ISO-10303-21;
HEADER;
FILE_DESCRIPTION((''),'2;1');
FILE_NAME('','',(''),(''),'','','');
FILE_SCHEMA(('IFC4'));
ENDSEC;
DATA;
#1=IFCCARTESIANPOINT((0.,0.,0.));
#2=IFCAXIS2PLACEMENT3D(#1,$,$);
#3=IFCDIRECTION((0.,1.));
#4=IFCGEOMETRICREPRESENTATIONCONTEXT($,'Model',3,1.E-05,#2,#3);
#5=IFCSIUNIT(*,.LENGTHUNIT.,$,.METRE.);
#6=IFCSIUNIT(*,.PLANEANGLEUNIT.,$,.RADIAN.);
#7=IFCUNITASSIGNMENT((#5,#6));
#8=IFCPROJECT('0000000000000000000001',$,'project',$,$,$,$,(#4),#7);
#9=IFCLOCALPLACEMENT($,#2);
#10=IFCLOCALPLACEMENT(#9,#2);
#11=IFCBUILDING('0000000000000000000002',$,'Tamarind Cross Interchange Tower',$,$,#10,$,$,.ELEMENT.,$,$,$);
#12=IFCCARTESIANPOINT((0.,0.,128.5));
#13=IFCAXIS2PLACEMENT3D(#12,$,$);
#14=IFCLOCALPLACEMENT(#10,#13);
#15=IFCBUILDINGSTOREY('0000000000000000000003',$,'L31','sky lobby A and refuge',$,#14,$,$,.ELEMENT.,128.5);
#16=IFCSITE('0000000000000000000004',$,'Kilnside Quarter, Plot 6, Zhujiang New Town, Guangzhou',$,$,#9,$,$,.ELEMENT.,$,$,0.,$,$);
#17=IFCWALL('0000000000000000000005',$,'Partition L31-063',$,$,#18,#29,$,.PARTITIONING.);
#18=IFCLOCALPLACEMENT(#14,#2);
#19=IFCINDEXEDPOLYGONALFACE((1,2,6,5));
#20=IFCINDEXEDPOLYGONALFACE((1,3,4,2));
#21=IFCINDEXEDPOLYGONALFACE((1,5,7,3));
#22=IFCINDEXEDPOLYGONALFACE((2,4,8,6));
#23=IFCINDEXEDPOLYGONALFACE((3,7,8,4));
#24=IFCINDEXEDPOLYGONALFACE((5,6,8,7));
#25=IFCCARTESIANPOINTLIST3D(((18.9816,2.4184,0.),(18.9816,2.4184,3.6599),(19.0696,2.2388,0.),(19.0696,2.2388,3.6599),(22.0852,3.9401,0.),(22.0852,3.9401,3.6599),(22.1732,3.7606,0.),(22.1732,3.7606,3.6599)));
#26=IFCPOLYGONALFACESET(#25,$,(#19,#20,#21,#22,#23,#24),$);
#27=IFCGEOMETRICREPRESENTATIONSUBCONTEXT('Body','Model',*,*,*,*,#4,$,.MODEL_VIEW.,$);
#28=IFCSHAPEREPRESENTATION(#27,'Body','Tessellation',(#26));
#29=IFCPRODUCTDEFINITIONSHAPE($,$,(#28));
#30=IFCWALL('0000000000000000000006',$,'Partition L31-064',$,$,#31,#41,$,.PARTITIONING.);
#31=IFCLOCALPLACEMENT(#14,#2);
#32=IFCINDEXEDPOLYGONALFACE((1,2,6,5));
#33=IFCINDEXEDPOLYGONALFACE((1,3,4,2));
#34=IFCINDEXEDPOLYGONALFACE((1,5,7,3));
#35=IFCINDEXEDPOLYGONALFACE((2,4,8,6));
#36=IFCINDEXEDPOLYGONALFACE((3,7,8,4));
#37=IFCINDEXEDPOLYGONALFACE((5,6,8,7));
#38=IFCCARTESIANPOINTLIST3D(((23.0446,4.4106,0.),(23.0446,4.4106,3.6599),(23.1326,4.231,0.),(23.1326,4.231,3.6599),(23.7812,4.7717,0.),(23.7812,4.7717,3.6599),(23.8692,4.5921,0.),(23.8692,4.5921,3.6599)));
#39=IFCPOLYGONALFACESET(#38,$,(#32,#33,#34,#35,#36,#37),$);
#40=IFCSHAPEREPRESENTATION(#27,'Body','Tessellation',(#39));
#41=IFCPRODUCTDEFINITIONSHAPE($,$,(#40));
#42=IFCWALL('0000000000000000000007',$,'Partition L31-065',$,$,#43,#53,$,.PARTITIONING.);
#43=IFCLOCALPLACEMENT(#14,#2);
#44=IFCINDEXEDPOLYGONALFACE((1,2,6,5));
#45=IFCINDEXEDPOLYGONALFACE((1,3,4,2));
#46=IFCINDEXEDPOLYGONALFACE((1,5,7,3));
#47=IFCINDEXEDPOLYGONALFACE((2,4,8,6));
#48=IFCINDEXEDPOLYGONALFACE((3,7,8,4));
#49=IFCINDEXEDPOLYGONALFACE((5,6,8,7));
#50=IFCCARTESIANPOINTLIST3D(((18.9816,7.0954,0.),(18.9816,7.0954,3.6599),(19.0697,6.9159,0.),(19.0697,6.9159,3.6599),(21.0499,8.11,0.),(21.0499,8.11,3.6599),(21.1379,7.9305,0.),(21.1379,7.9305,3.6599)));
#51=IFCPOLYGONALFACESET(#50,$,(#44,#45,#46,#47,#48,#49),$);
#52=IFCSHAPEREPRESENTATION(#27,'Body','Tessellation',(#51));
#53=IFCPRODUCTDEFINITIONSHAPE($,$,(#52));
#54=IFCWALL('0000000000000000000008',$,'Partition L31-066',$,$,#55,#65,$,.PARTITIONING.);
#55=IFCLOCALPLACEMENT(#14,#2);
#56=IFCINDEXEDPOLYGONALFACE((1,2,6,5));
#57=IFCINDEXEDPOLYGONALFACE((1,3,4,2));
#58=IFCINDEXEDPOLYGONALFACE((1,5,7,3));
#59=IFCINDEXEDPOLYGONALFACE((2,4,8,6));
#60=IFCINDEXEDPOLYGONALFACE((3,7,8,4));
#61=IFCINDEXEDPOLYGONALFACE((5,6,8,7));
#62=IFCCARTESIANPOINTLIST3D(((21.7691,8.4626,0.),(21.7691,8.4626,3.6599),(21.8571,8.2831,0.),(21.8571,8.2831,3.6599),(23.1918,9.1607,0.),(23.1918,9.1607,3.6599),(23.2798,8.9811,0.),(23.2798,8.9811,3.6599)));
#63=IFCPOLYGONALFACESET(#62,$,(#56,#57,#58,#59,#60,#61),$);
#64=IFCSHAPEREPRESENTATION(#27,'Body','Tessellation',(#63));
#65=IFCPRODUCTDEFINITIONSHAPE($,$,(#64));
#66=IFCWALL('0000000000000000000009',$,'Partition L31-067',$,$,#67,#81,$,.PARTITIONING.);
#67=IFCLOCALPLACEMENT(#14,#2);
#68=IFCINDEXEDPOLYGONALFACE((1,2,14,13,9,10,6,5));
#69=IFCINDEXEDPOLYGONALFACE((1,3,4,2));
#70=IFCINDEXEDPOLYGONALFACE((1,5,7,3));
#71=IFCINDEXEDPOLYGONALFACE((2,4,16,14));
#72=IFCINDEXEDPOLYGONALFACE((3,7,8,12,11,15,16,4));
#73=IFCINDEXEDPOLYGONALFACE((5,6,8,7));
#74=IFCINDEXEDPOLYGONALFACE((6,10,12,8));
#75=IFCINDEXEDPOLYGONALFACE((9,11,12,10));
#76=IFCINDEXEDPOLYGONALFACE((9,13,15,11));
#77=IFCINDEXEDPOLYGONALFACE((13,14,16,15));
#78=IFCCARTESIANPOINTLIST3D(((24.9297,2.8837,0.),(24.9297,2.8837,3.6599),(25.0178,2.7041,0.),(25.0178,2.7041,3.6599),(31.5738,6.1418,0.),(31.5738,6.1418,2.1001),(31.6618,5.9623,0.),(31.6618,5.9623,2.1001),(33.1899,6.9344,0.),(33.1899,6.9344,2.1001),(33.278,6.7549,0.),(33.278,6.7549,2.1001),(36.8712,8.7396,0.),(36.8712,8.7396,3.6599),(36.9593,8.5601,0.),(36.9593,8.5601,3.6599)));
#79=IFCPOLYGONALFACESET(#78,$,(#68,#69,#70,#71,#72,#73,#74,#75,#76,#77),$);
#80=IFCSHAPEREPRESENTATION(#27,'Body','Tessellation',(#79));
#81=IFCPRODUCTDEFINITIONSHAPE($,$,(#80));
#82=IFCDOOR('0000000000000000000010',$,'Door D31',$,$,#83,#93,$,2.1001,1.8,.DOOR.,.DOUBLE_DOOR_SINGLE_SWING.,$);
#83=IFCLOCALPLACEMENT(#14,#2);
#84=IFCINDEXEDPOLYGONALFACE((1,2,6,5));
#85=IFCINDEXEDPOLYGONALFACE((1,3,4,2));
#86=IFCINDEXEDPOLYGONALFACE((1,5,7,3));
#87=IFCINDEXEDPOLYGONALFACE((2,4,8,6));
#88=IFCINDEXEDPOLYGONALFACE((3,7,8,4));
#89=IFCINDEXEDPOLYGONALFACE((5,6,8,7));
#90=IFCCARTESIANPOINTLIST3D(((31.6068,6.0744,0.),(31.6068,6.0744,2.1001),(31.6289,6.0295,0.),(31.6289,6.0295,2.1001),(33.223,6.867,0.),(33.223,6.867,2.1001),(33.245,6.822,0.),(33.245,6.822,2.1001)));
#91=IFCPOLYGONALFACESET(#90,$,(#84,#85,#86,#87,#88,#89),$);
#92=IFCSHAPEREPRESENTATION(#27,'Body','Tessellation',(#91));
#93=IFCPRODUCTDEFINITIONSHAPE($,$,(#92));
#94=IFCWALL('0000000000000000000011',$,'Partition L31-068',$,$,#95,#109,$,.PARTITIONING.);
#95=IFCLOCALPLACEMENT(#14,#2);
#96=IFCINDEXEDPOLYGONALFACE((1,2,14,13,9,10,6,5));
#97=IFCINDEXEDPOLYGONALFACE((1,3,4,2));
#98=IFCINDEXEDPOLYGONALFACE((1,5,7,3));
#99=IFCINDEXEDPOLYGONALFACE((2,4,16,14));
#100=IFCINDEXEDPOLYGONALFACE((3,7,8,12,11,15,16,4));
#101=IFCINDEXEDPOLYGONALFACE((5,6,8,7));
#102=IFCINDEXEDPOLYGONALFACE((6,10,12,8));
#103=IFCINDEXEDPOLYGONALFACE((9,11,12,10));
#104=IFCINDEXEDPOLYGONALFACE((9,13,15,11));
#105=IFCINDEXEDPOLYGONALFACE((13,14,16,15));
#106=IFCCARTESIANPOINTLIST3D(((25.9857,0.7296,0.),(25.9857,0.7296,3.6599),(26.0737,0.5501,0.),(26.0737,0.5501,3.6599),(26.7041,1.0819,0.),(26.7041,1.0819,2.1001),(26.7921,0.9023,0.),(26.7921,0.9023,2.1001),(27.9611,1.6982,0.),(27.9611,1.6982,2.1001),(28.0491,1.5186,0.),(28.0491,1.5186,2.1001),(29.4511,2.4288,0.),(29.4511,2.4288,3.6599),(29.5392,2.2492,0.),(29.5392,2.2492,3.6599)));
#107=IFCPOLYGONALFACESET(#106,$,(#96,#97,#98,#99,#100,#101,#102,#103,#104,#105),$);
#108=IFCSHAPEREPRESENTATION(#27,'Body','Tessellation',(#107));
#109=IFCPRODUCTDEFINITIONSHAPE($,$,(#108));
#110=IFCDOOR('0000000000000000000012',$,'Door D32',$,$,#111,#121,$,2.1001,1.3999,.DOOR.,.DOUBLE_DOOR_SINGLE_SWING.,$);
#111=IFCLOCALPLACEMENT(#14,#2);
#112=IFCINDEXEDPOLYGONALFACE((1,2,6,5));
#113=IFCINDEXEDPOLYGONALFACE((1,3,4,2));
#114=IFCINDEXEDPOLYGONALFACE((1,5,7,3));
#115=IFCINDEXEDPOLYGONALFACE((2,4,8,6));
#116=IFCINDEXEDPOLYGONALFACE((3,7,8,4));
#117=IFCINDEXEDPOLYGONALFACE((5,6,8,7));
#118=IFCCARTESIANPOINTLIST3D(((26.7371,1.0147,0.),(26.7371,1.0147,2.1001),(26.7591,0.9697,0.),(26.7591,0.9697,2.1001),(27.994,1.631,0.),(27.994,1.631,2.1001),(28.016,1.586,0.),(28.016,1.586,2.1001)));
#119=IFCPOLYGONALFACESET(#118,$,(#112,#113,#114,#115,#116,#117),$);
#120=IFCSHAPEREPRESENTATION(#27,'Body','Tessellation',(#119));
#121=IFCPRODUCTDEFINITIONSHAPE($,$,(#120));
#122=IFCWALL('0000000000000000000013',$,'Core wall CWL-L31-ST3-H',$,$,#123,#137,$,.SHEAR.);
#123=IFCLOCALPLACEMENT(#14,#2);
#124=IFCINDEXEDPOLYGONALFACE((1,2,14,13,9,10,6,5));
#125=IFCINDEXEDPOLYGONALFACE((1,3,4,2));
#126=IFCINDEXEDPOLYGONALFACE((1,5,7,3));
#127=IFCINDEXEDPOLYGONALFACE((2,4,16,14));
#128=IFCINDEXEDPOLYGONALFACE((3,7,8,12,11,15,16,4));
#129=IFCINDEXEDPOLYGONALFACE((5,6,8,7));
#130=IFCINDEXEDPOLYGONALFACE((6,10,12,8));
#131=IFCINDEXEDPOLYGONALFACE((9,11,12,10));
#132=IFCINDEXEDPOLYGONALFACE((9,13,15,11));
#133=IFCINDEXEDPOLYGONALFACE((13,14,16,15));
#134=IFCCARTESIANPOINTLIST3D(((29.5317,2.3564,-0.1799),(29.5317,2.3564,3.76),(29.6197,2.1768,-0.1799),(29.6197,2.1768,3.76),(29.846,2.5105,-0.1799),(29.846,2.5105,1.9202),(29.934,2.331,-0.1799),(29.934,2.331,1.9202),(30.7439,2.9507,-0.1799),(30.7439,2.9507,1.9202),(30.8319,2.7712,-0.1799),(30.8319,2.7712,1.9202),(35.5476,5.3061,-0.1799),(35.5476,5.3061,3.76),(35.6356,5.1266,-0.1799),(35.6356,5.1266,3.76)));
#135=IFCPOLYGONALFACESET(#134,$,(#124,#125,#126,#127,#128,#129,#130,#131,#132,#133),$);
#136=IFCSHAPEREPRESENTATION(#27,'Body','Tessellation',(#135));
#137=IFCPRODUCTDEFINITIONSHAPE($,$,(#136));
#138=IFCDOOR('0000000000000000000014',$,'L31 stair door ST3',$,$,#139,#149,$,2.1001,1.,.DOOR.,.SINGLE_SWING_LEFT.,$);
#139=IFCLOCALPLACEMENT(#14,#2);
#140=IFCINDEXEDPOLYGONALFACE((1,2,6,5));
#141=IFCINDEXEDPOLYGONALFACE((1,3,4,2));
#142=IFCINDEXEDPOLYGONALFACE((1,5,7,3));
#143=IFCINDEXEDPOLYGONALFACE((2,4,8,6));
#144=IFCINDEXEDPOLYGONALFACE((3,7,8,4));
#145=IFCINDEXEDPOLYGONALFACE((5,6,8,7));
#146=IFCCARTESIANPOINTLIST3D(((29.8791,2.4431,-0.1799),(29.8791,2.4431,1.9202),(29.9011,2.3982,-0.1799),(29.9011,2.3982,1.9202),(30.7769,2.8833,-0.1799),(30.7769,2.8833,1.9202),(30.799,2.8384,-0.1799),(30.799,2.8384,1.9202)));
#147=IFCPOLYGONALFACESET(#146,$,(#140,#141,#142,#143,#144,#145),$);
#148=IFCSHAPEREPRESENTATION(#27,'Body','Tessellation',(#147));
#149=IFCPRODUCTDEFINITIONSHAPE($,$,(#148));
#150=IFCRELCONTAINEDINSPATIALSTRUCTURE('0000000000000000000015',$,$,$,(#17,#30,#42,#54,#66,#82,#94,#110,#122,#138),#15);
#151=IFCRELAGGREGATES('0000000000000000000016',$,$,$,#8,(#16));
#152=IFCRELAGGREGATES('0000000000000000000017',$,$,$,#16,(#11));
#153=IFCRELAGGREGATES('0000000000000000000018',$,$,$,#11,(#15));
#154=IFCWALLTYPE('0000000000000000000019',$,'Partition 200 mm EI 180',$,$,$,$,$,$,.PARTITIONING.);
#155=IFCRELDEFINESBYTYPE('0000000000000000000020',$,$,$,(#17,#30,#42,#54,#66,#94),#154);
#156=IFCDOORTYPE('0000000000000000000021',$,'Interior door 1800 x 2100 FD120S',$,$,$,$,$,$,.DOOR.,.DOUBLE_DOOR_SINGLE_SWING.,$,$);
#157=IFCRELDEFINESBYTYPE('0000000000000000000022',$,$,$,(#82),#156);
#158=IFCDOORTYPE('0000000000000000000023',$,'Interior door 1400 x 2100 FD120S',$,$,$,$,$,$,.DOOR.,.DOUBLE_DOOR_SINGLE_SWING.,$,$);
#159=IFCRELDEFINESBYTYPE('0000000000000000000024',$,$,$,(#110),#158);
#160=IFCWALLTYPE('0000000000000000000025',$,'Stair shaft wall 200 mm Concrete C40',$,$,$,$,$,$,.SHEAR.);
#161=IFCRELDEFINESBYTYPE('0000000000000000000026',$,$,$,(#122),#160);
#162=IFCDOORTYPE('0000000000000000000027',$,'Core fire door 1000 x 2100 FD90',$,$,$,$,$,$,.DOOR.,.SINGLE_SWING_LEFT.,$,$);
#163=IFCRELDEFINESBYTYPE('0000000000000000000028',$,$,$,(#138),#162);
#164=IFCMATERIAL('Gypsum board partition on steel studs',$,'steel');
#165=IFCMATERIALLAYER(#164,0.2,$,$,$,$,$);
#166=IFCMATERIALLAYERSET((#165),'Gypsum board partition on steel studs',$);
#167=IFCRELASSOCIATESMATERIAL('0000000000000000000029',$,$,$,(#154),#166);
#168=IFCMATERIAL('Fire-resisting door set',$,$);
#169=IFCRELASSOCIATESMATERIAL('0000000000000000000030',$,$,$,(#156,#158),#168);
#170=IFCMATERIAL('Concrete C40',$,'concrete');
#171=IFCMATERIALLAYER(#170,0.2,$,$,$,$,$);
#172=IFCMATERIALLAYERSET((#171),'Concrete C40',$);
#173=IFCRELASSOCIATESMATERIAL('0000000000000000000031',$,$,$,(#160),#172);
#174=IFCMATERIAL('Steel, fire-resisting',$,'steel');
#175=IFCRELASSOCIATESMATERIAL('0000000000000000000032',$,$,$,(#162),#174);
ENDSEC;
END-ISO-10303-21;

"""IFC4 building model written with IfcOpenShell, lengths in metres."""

from ifc_helpers import new_model, si_unit, direction, frame, frame_2d, origin, place, context, subcontext, project, spatial, rectangle, extrude, material, layer, layer_set, type_object, element, fill, save


model = new_model("IFC4")

# Units and contexts
model_context = context("Model", 3, precision=1e-05, world=origin(), true_north=direction((0.0, 1.0)))
body_context = subcontext(model_context, "Body", "Model", "MODEL_VIEW")
ifc_project = project(units=[si_unit("LENGTHUNIT", "METRE"), si_unit("PLANEANGLEUNIT", "RADIAN")], contexts=[model_context])

# Site, building, storey
site_placement = place(None, origin())
site = spatial("IfcSite", under=ifc_project, at=site_placement, Name="Kilnside Quarter, Plot 6, Zhujiang New Town, Guangzhou", CompositionType="ELEMENT", RefElevation=0.0)
building_placement = place(site_placement, origin())
building = spatial("IfcBuilding", under=site, at=building_placement, Name="Tamarind Cross Interchange Tower", CompositionType="ELEMENT")
storey_placement = place(building_placement, frame((0.0, 0.0, 128.5)))
storey = spatial("IfcBuildingStorey", under=building, at=storey_placement, Name="L31", Description="sky lobby A and refuge", CompositionType="ELEMENT", Elevation=128.5)

# Walls
ifc_material_1 = material(Name="Gypsum board partition on steel studs", Category="steel")
ifc_layer_1 = layer(ifc_material_1, 0.2)
ifc_layer_set_1 = layer_set([ifc_layer_1], Name="Gypsum board partition on steel studs")
wall_type_1 = type_object("IfcWallType", Name="Partition 200 mm EI 180", PredefinedType="PARTITIONING", material=ifc_layer_set_1)
wall_1_placement = place(storey_placement, frame((19.0256, 2.3286, 0.0), z_axis=(0.0, 0.0, 1.0), x_axis=(0.897875, 0.44025, 0.0)))
element("IfcWall", 1, at=wall_1_placement, inside=storey, type_object=wall_type_1, Name="Partition L31-063", PredefinedType="PARTITIONING", context=body_context, shape_type="SweptSolid", body=[
    extrude(rectangle(XDim=3.4565, YDim=0.2, at=frame_2d((1.7283, 0.0))), origin(), (0.0, 0.0, 1.0), 3.6599),
])
wall_2_placement = place(storey_placement, frame((23.0886, 4.3208, 0.0), z_axis=(0.0, 0.0, 1.0), x_axis=(0.897911, 0.440176, 0.0)))
element("IfcWall", 2, at=wall_2_placement, inside=storey, type_object=wall_type_1, Name="Partition L31-064", PredefinedType="PARTITIONING", context=body_context, shape_type="SweptSolid", body=[
    extrude(rectangle(XDim=0.8203, YDim=0.2, at=frame_2d((0.4102, 0.0))), origin(), (0.0, 0.0, 1.0), 3.6599),
])
wall_3_placement = place(storey_placement, frame((19.0256, 7.0056, 0.0), z_axis=(0.0, 0.0, 1.0), x_axis=(0.897793, 0.440419, 0.0)))
element("IfcWall", 3, at=wall_3_placement, inside=storey, type_object=wall_type_1, Name="Partition L31-065", PredefinedType="PARTITIONING", context=body_context, shape_type="SweptSolid", body=[
    extrude(rectangle(XDim=2.3037, YDim=0.2, at=frame_2d((1.1519, 0.0))), origin(), (0.0, 0.0, 1.0), 3.6599),
])
wall_4_placement = place(storey_placement, frame((21.813, 8.3728, 0.0), z_axis=(0.0, 0.0, 1.0), x_axis=(0.897761, 0.440484, 0.0)))
element("IfcWall", 4, at=wall_4_placement, inside=storey, type_object=wall_type_1, Name="Partition L31-066", PredefinedType="PARTITIONING", context=body_context, shape_type="SweptSolid", body=[
    extrude(rectangle(XDim=1.5847, YDim=0.2, at=frame_2d((0.7925, 0.0))), origin(), (0.0, 0.0, 1.0), 3.6599),
])

# Walls, openings, doors
wall_5_placement = place(storey_placement, frame((24.9739, 2.7939, 0.0), z_axis=(0.0, 0.0, 1.0), x_axis=(0.897852, 0.440298, 0.0)))
wall_5 = element("IfcWall", 5, at=wall_5_placement, inside=storey, type_object=wall_type_1, Name="Partition L31-067", PredefinedType="PARTITIONING", context=body_context, shape_type="SweptSolid", body=[
    extrude(rectangle(XDim=13.3, YDim=0.2, at=frame_2d((6.6499, 0.0))), origin(), (0.0, 0.0, 1.0), 3.6599),
])
opening_1_placement = place(wall_5_placement, frame((7.3999, 0.0, 0.0)))
opening_1 = element("IfcOpeningElement", 6, at=opening_1_placement, cuts=wall_5, PredefinedType="OPENING", context=body_context, shape_type="SweptSolid", body=[
    extrude(rectangle(XDim=1.8, YDim=2.1001, at=frame_2d((0.8999, 1.05))), frame((0.0, 0.1099, 0.0), z_axis=(0.0, -1.0, 0.0), x_axis=(1.0, 0.0, 0.0)), (0.0, 0.0, 1.0), 0.22),
])
ifc_material_2 = material(Name="Fire-resisting door set")
door_type_1 = type_object("IfcDoorType", Name="Interior door 1800 x 2100 FD120S", OperationType="DOUBLE_DOOR_SINGLE_SWING", PredefinedType="DOOR", material=ifc_material_2)
door_1_placement = place(opening_1_placement, origin())
door_1 = element("IfcDoor", 7, at=door_1_placement, inside=storey, type_object=door_type_1, Name="Door D31", OperationType="DOUBLE_DOOR_SINGLE_SWING", OverallHeight=2.1001, OverallWidth=1.8, PredefinedType="DOOR", context=body_context, shape_type="SweptSolid", body=[
    extrude(rectangle(XDim=1.8, YDim=2.1001, at=frame_2d((0.8999, 1.05))), frame((0.0, 0.0249, 0.0), z_axis=(0.0, -1.0, 0.0), x_axis=(1.0, 0.0, 0.0)), (0.0, 0.0, 1.0), 0.05),
])
fill(opening_1, door_1)
wall_6_placement = place(storey_placement, frame((26.0298, 0.6399, 0.0), z_axis=(0.0, 0.0, 1.0), x_axis=(0.897879, 0.440242, 0.0)))
wall_6 = element("IfcWall", 8, at=wall_6_placement, inside=storey, type_object=wall_type_1, Name="Partition L31-068", PredefinedType="PARTITIONING", context=body_context, shape_type="SweptSolid", body=[
    extrude(rectangle(XDim=3.8596, YDim=0.2, at=frame_2d((1.9297, 0.0))), origin(), (0.0, 0.0, 1.0), 3.6599),
])
opening_2_placement = place(wall_6_placement, frame((0.8, 0.0, 0.0)))
opening_2 = element("IfcOpeningElement", 9, at=opening_2_placement, cuts=wall_6, PredefinedType="OPENING", context=body_context, shape_type="SweptSolid", body=[
    extrude(rectangle(XDim=1.3999, YDim=2.1001, at=frame_2d((0.7, 1.05))), frame((0.0, 0.1099, 0.0), z_axis=(0.0, -1.0, 0.0), x_axis=(1.0, 0.0, 0.0)), (0.0, 0.0, 1.0), 0.22),
])
door_type_2 = type_object("IfcDoorType", Name="Interior door 1400 x 2100 FD120S", OperationType="DOUBLE_DOOR_SINGLE_SWING", PredefinedType="DOOR", material=ifc_material_2)
door_2_placement = place(opening_2_placement, frame((1.3999, 0.0, 0.0), z_axis=(0.0, 0.0, 1.0), x_axis=(-1.0, 0.0, 0.0)))
door_2 = element("IfcDoor", 10, at=door_2_placement, inside=storey, type_object=door_type_2, Name="Door D32", OperationType="DOUBLE_DOOR_SINGLE_SWING", OverallHeight=2.1001, OverallWidth=1.3999, PredefinedType="DOOR", context=body_context, shape_type="SweptSolid", body=[
    extrude(rectangle(XDim=1.3999, YDim=2.1001, at=frame_2d((0.7, 1.05))), frame((0.0, 0.0249, 0.0), z_axis=(0.0, -1.0, 0.0), x_axis=(1.0, 0.0, 0.0)), (0.0, 0.0, 1.0), 0.05),
])
fill(opening_2, door_2)
ifc_material_3 = material(Name="Concrete C40", Category="concrete")
ifc_layer_2 = layer(ifc_material_3, 0.2)
ifc_layer_set_2 = layer_set([ifc_layer_2], Name="Concrete C40")
wall_type_2 = type_object("IfcWallType", Name="Stair shaft wall 200 mm Concrete C40", PredefinedType="SHEAR", material=ifc_layer_set_2)
wall_7_placement = place(storey_placement, frame((29.5757, 2.2666, -0.1799), z_axis=(0.0, 0.0, 1.0), x_axis=(0.897876, 0.440248, 0.0)))
wall_7 = element("IfcWall", 11, at=wall_7_placement, inside=storey, type_object=wall_type_2, Name="Core wall CWL-L31-ST3-H", PredefinedType="SHEAR", context=body_context, shape_type="SweptSolid", body=[
    extrude(rectangle(XDim=6.7002, YDim=0.2, at=frame_2d((3.3501, 0.0))), origin(), (0.0, 0.0, 1.0), 3.9399),
])
opening_3_placement = place(wall_7_placement, frame((0.3501, 0.0, 0.0)))
opening_3 = element("IfcOpeningElement", 12, at=opening_3_placement, cuts=wall_7, PredefinedType="OPENING", context=body_context, shape_type="SweptSolid", body=[
    extrude(rectangle(XDim=1.0, YDim=2.1001, at=frame_2d((0.5, 1.05))), frame((0.0, 0.1099, 0.0), z_axis=(0.0, -1.0, 0.0), x_axis=(1.0, 0.0, 0.0)), (0.0, 0.0, 1.0), 0.22),
])
ifc_material_4 = material(Name="Steel, fire-resisting", Category="steel")
door_type_3 = type_object("IfcDoorType", Name="Core fire door 1000 x 2100 FD90", OperationType="SINGLE_SWING_LEFT", PredefinedType="DOOR", material=ifc_material_4)
door_3_placement = place(opening_3_placement, origin())
door_3 = element("IfcDoor", 13, at=door_3_placement, inside=storey, type_object=door_type_3, Name="L31 stair door ST3", OperationType="SINGLE_SWING_LEFT", OverallHeight=2.1001, OverallWidth=1.0, PredefinedType="DOOR", context=body_context, shape_type="SweptSolid", body=[
    extrude(rectangle(XDim=1.0, YDim=2.1001, at=frame_2d((0.5, 1.05))), frame((0.0, 0.0249, 0.0), z_axis=(0.0, -1.0, 0.0), x_axis=(1.0, 0.0, 0.0)), (0.0, 0.0, 1.0), 0.05),
])
fill(opening_3, door_3)

save(model, "model.ifc")
